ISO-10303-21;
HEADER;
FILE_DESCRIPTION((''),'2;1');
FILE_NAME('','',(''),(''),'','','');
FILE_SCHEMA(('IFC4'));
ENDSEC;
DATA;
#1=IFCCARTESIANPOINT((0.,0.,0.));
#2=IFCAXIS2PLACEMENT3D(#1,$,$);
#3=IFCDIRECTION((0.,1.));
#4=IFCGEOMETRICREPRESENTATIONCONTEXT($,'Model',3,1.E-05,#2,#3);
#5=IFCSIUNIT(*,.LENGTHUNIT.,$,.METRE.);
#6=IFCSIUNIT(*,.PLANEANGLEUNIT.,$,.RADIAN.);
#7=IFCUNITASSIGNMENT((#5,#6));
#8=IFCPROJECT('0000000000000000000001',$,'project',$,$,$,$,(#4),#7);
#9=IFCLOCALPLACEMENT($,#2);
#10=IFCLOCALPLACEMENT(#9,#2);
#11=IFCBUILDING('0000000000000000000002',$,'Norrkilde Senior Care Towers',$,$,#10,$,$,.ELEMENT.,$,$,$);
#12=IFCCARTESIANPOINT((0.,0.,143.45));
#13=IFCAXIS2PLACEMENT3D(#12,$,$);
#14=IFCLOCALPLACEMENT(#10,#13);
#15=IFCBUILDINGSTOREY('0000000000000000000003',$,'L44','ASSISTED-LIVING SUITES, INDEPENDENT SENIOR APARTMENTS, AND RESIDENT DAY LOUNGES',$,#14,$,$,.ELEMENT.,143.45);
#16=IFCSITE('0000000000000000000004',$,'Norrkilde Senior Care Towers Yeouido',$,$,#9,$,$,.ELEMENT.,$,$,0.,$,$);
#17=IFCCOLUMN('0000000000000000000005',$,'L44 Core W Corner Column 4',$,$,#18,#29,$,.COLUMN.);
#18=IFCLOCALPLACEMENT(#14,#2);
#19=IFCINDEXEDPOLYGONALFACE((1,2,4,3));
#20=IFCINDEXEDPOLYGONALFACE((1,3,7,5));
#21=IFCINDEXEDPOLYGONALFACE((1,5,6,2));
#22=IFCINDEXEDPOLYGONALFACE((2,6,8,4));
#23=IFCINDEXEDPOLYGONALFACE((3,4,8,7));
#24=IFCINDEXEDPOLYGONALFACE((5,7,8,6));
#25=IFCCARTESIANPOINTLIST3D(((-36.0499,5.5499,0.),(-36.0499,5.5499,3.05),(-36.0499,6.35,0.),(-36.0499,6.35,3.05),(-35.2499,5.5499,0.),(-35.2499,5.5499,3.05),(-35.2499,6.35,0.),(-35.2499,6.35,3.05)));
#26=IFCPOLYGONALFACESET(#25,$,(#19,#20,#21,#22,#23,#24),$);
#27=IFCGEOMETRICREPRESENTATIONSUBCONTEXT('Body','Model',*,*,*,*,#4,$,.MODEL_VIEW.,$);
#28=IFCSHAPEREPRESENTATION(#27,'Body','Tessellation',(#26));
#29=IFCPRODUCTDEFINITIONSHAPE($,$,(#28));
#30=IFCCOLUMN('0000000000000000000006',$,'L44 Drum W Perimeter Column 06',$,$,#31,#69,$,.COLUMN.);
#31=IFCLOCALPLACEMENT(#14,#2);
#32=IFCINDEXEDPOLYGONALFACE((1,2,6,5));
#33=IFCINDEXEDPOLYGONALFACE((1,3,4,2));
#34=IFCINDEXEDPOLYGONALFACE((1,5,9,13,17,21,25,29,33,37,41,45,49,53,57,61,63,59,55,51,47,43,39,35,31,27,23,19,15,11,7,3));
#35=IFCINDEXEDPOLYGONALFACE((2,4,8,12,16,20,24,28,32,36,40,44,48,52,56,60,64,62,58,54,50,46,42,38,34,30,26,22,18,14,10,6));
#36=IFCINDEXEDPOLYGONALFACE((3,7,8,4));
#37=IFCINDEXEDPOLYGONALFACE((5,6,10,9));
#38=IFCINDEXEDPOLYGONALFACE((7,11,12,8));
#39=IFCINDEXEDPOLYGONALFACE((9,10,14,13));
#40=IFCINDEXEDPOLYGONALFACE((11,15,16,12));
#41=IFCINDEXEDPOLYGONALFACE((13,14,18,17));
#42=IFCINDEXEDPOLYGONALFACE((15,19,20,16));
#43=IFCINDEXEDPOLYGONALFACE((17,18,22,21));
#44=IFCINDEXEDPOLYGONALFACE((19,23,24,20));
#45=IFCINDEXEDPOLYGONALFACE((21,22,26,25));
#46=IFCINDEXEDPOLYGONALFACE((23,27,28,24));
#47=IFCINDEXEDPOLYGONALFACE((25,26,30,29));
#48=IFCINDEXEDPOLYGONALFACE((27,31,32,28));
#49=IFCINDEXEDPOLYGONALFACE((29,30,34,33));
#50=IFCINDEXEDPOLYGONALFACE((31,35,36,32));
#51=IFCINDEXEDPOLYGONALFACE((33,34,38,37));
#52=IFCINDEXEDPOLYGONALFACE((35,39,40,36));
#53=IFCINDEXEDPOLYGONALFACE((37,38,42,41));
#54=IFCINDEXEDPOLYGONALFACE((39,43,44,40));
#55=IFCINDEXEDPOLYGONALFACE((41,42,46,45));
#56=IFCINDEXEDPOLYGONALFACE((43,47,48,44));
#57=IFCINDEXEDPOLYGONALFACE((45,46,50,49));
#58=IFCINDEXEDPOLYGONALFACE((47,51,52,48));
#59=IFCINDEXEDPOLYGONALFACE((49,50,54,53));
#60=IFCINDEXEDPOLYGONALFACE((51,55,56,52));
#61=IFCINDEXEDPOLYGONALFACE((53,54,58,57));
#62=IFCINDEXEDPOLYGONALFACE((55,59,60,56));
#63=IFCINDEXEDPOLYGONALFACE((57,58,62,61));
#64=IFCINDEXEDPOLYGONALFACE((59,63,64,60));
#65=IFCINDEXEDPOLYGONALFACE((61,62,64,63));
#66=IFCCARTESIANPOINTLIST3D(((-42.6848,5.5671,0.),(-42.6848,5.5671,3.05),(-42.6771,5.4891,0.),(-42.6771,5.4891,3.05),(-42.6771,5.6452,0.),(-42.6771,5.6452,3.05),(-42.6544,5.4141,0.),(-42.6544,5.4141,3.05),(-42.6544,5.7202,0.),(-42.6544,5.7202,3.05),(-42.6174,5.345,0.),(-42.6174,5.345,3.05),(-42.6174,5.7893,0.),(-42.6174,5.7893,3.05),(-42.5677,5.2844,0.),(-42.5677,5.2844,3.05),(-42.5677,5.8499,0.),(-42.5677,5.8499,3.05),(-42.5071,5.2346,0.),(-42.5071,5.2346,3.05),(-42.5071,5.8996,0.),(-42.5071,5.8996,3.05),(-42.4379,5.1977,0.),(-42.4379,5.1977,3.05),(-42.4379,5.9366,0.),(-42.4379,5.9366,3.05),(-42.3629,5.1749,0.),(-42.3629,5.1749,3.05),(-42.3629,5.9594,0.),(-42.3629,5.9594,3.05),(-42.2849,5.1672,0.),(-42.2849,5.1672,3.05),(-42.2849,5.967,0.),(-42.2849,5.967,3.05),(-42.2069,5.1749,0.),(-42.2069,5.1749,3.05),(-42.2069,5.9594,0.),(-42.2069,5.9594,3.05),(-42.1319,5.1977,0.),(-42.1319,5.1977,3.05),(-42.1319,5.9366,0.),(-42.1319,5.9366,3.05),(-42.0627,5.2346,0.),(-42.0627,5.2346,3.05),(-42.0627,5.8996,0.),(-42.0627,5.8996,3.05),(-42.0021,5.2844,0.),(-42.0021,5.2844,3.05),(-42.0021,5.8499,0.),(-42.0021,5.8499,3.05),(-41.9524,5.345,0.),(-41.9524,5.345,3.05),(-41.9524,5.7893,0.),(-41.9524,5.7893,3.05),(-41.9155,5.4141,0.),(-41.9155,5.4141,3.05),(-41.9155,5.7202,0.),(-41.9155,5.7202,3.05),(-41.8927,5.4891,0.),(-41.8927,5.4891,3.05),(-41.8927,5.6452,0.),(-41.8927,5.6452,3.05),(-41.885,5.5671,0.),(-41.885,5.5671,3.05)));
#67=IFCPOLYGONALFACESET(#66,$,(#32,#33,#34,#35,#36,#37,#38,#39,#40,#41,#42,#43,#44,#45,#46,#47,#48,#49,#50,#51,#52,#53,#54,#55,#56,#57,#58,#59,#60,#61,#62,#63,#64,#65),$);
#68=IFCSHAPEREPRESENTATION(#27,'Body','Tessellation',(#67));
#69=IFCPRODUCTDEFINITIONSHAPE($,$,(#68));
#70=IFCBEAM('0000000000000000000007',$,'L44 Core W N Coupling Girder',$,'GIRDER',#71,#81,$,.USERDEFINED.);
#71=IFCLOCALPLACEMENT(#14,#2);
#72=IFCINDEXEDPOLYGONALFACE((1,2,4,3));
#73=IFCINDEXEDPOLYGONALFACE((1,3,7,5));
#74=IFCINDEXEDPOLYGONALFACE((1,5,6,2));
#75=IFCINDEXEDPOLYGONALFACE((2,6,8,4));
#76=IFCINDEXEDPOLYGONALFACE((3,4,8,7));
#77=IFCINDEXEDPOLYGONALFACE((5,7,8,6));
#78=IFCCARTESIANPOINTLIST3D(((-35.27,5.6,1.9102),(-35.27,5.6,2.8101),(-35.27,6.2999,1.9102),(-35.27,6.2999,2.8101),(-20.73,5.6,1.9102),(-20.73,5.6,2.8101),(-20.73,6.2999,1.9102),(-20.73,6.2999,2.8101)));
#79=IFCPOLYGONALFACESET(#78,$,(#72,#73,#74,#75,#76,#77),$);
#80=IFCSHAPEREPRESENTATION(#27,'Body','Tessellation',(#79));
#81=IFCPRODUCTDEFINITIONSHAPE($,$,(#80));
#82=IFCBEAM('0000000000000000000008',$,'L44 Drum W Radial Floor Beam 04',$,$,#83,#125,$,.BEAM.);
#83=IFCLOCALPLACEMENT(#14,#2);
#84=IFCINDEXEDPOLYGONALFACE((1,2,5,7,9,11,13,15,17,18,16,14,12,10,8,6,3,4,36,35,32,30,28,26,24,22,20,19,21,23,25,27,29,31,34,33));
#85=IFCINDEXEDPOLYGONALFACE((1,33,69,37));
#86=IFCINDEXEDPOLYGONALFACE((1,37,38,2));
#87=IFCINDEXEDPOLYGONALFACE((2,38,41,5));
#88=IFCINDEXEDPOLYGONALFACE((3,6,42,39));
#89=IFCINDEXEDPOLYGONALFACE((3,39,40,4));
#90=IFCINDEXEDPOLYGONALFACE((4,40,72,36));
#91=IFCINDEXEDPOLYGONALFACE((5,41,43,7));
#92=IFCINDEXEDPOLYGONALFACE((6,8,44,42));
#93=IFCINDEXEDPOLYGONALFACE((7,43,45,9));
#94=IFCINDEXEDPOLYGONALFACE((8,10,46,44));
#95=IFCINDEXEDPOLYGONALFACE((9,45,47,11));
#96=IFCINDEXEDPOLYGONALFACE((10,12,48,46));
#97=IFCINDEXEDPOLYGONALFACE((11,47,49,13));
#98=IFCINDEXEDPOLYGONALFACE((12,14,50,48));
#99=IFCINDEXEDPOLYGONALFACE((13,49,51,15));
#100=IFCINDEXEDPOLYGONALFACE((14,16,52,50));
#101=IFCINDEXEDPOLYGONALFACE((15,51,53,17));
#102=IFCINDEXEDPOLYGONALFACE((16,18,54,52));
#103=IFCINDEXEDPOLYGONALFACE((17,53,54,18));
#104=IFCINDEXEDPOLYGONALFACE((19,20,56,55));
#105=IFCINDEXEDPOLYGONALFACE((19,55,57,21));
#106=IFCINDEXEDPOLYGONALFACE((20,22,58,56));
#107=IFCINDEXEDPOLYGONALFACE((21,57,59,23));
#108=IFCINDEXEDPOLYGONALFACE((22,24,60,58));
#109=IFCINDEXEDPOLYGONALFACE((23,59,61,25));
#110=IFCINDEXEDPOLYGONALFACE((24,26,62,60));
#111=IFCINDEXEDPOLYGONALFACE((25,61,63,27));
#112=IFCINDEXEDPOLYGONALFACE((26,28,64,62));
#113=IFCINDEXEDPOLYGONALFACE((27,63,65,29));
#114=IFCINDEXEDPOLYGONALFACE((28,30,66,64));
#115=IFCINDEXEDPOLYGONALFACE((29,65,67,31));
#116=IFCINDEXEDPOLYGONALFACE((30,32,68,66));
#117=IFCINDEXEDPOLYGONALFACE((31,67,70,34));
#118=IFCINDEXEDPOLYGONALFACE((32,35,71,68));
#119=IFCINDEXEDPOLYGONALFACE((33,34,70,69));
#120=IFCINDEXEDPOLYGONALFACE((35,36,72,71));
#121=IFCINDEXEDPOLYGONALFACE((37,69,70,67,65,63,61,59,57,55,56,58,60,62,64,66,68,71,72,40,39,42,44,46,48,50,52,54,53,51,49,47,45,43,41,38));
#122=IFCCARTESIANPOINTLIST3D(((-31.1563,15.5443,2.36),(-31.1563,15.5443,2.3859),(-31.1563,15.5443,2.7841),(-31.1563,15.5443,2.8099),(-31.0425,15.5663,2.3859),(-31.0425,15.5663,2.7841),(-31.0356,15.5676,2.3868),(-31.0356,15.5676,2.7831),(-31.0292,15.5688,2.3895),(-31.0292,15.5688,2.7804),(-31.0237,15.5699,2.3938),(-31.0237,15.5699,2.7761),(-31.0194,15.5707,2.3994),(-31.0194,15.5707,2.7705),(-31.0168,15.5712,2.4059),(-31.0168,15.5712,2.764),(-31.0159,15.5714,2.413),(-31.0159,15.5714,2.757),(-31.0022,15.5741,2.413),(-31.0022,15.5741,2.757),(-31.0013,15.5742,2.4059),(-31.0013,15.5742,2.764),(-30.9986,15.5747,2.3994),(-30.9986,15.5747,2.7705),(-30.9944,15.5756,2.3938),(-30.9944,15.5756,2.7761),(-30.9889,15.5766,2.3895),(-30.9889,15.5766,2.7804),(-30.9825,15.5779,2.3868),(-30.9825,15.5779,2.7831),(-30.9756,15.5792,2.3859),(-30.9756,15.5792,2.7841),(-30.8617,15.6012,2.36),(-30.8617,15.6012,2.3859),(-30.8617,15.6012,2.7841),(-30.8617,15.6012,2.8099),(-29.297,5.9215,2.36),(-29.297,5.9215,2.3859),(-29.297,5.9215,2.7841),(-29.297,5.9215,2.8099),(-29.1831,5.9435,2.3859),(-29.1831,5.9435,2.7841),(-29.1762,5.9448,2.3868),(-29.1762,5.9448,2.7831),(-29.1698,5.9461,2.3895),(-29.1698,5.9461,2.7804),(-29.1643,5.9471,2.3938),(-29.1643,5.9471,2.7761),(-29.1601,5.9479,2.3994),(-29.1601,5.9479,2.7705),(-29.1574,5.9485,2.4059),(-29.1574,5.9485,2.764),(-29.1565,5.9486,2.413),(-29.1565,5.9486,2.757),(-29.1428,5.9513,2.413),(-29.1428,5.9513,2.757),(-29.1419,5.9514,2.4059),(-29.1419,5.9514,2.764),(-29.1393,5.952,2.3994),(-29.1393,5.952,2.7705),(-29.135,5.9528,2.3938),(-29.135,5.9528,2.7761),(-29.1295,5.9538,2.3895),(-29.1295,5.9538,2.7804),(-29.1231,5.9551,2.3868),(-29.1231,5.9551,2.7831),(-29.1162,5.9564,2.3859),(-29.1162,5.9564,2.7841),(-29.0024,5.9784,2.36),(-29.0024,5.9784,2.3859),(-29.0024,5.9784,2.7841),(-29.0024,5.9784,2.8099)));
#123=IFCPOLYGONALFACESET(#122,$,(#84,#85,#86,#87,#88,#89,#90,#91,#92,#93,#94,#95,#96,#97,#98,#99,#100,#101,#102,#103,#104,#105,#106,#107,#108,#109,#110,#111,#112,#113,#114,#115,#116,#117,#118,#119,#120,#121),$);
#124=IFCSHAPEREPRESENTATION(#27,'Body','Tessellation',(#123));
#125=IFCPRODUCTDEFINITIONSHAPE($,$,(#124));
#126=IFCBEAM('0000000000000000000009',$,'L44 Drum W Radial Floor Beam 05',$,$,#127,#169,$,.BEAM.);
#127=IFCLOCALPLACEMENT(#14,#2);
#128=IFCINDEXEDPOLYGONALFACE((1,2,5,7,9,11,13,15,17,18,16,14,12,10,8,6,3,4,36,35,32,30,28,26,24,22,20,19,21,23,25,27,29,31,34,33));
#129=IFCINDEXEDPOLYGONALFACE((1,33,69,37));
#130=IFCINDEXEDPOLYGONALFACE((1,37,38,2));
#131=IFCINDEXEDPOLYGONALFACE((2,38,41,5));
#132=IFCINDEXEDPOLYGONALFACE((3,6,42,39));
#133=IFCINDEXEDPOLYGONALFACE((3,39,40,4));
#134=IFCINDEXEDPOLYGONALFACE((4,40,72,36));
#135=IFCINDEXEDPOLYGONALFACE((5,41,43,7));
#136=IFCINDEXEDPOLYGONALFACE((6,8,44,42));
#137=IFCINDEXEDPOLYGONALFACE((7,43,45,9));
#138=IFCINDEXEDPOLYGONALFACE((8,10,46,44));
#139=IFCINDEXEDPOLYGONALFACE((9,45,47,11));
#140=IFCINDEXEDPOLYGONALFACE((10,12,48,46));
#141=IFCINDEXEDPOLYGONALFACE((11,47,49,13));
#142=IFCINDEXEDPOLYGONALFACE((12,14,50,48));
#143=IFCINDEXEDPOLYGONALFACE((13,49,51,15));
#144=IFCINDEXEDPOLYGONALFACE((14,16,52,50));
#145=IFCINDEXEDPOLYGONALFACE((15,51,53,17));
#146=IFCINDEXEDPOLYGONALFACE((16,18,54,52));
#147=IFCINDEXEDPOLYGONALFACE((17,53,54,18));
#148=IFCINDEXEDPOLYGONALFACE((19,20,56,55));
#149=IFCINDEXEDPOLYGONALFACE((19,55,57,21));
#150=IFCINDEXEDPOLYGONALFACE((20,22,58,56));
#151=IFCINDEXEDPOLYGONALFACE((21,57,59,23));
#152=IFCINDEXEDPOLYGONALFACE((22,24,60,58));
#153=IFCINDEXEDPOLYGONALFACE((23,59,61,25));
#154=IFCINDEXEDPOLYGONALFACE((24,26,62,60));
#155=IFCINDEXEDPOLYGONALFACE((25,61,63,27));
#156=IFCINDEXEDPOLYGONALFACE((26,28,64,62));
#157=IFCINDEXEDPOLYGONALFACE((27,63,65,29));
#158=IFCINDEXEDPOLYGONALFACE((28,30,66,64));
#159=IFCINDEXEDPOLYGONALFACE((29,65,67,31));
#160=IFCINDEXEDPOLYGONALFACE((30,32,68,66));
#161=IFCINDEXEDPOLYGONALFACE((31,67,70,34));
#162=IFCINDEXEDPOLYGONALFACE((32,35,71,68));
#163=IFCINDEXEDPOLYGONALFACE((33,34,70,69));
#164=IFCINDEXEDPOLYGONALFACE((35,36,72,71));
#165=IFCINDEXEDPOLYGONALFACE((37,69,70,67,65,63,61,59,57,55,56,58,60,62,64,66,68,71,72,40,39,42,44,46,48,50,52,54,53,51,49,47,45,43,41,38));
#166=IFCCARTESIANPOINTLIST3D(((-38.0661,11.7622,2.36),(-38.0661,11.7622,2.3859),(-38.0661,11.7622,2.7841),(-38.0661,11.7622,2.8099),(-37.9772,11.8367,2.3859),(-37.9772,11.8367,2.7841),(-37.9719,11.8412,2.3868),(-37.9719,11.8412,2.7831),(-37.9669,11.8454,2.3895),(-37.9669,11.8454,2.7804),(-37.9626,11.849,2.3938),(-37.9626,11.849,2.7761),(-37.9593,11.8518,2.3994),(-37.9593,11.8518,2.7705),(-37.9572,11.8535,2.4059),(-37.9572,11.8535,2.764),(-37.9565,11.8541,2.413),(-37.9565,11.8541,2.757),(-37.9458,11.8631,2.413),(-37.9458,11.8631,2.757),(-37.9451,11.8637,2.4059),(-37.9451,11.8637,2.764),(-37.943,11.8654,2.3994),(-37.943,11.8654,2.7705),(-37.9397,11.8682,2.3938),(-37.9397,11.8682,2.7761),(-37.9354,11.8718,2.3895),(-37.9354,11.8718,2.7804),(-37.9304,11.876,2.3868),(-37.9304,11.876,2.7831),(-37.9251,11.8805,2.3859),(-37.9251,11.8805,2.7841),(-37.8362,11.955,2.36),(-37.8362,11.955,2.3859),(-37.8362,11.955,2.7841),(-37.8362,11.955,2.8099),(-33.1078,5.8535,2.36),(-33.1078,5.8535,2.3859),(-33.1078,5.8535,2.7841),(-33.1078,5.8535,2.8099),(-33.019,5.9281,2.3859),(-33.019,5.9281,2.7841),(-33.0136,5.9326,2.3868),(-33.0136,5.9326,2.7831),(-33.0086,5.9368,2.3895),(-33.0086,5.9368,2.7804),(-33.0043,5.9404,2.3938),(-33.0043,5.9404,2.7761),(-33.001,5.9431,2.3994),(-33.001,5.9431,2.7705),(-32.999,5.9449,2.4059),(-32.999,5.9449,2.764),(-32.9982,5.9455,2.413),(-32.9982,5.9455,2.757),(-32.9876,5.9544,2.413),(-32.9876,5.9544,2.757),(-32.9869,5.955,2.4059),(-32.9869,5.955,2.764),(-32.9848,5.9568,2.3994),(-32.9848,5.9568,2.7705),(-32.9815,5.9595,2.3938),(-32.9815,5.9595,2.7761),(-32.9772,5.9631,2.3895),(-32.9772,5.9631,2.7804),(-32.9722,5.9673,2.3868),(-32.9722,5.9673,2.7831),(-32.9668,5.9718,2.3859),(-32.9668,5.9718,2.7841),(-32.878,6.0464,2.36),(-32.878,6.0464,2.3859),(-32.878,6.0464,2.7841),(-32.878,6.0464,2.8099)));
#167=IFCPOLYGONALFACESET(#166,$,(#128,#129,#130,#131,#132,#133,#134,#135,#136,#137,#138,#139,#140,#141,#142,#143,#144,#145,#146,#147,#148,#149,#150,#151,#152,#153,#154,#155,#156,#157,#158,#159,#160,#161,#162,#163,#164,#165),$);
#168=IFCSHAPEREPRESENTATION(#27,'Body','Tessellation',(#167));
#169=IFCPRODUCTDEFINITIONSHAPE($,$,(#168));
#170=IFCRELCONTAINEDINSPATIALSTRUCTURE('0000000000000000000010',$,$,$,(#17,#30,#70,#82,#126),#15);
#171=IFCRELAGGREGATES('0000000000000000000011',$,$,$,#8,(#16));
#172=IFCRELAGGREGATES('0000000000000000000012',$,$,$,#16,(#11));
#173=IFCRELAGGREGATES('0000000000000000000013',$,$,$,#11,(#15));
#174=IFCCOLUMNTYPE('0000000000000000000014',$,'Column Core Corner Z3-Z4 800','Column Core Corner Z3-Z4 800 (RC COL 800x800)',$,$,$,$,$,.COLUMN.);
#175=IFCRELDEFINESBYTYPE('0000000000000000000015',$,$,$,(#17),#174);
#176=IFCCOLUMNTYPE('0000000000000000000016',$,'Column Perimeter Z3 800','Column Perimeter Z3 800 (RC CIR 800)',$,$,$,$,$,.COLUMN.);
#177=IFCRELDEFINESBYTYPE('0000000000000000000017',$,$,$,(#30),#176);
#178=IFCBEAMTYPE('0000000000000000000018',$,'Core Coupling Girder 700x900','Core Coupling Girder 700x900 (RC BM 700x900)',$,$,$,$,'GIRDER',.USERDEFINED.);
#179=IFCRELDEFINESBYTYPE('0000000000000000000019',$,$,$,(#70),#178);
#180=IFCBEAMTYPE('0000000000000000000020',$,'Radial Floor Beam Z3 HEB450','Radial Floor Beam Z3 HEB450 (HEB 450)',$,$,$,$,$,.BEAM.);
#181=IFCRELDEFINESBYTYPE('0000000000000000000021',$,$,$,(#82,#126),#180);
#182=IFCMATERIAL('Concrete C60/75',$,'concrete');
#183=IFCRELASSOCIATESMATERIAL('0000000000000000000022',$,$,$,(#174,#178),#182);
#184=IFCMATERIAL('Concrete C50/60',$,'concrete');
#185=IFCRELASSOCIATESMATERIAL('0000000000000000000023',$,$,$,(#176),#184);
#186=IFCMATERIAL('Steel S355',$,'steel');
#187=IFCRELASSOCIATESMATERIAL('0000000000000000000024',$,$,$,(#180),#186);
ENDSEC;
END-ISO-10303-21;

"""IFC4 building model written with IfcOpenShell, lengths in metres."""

from ifc_helpers import new_model, si_unit, direction, frame, origin, origin_2d, place, context, subcontext, project, spatial, rectangle, circle, i_section, extrude, source, transform, mapped, material, material_profile, profile_set, type_object, type_shapes, element, save


model = new_model("IFC4")

# Units and contexts
model_context = context("Model", 3, precision=1e-05, world=origin(), true_north=direction((0.0, 1.0)))
body_context = subcontext(model_context, "Body", "Model", "MODEL_VIEW")
ifc_project = project(units=[si_unit("LENGTHUNIT", "METRE"), si_unit("PLANEANGLEUNIT", "RADIAN")], contexts=[model_context])

# Site, building, storey
site_placement = place(None, origin())
site = spatial("IfcSite", under=ifc_project, at=site_placement, Name="Norrkilde Senior Care Towers Yeouido", CompositionType="ELEMENT", RefElevation=0.0)
building_placement = place(site_placement, origin())
building = spatial("IfcBuilding", under=site, at=building_placement, Name="Norrkilde Senior Care Towers", CompositionType="ELEMENT")
storey_placement = place(building_placement, frame((0.0, 0.0, 143.45)))
storey = spatial("IfcBuildingStorey", under=building, at=storey_placement, Name="L44", Description="ASSISTED-LIVING SUITES, INDEPENDENT SENIOR APARTMENTS, AND RESIDENT DAY LOUNGES", CompositionType="ELEMENT", Elevation=143.45)

# Columns
ifc_material_1 = material(Name="Concrete C60/75", Category="concrete")
ifc_material_profile_1 = material_profile(ifc_material_1, rectangle(XDim=0.8, YDim=0.8, at=origin_2d()), Name="RC COL 800x800")
ifc_profile_set_1 = profile_set([ifc_material_profile_1], Name="Concrete C60/75")
column_type_1 = type_object("IfcColumnType", Name="Column Core Corner Z3-Z4 800", Description="Column Core Corner Z3-Z4 800 (RC COL 800x800)", PredefinedType="COLUMN", material=ifc_profile_set_1)
shared_shape_1 = source(origin(), body_context, "Body", "SweptSolid", [
    extrude(rectangle(XDim=0.8, YDim=0.8, at=origin_2d()), origin(), (0.0, 0.0, 1.0), 3.05),
])
type_shapes(column_type_1, [shared_shape_1])
column_1_placement = place(storey_placement, frame((-35.6499, 5.95, 0.0), z_axis=(0.0, 0.0, 1.0), x_axis=(1.0, 0.0, 0.0)))
element("IfcColumn", 1, at=column_1_placement, inside=storey, type_object=column_type_1, Name="L44 Core W Corner Column 4", PredefinedType="COLUMN", context=body_context, shape_type="MappedRepresentation", body=[
    mapped(shared_shape_1, transform((0.0, 0.0, 0.0), x_axis=(1.0, 0.0, 0.0), y_axis=(0.0, 1.0, 0.0), z_axis=(0.0, 0.0, 1.0), scale=1.0)),
])
ifc_material_2 = material(Name="Concrete C50/60", Category="concrete")
ifc_material_profile_2 = material_profile(ifc_material_2, circle(Radius=0.3999, at=origin_2d()), Name="RC CIR 800")
ifc_profile_set_2 = profile_set([ifc_material_profile_2], Name="Concrete C50/60")
column_type_2 = type_object("IfcColumnType", Name="Column Perimeter Z3 800", Description="Column Perimeter Z3 800 (RC CIR 800)", PredefinedType="COLUMN", material=ifc_profile_set_2)
shared_shape_2 = source(origin(), body_context, "Body", "SweptSolid", [
    extrude(circle(Radius=0.3999, at=origin_2d()), origin(), (0.0, 0.0, 1.0), 3.05),
])
type_shapes(column_type_2, [shared_shape_2])
column_2_placement = place(storey_placement, frame((-42.2849, 5.5671, 0.0), z_axis=(0.0, 0.0, 1.0), x_axis=(1.0, 0.0, 0.0)))
element("IfcColumn", 2, at=column_2_placement, inside=storey, type_object=column_type_2, Name="L44 Drum W Perimeter Column 06", PredefinedType="COLUMN", context=body_context, shape_type="MappedRepresentation", body=[
    mapped(shared_shape_2, transform((0.0, 0.0, 0.0), x_axis=(1.0, 0.0, 0.0), y_axis=(0.0, 1.0, 0.0), z_axis=(0.0, 0.0, 1.0), scale=1.0)),
])

# Beams
ifc_material_profile_3 = material_profile(ifc_material_1, rectangle(XDim=0.7, YDim=0.8999, at=origin_2d()), Name="RC BM 700x900")
ifc_profile_set_3 = profile_set([ifc_material_profile_3], Name="Concrete C60/75")
beam_type_1 = type_object("IfcBeamType", Name="Core Coupling Girder 700x900", Description="Core Coupling Girder 700x900 (RC BM 700x900)", ElementType="GIRDER", PredefinedType="USERDEFINED", material=ifc_profile_set_3)
shared_shape_3 = source(origin(), body_context, "Body", "SweptSolid", [
    extrude(rectangle(XDim=0.7, YDim=0.8999, at=origin_2d()), origin(), (0.0, 0.0, 1.0), 14.54),
])
type_shapes(beam_type_1, [shared_shape_3])
beam_1_placement = place(storey_placement, frame((-35.27, 5.95, 2.3601), z_axis=(1.0, 0.0, 0.0), x_axis=(0.0, 1.0, 0.0)))
element("IfcBeam", 3, at=beam_1_placement, inside=storey, type_object=beam_type_1, Name="L44 Core W N Coupling Girder", ObjectType="GIRDER", PredefinedType="USERDEFINED", context=body_context, shape_type="MappedRepresentation", body=[
    mapped(shared_shape_3, transform((0.0, 0.0, 0.0), x_axis=(1.0, 0.0, 0.0), y_axis=(0.0, 1.0, 0.0), z_axis=(0.0, 0.0, 1.0), scale=1.0)),
])
ifc_material_3 = material(Name="Steel S355", Category="steel")
ifc_material_profile_4 = material_profile(ifc_material_3, i_section(OverallWidth=0.3, OverallDepth=0.45, WebThickness=0.0139, FlangeThickness=0.0259, FilletRadius=0.0271, at=origin_2d()), Name="HEB 450")
ifc_profile_set_4 = profile_set([ifc_material_profile_4], Name="Steel S355")
beam_type_2 = type_object("IfcBeamType", Name="Radial Floor Beam Z3 HEB450", Description="Radial Floor Beam Z3 HEB450 (HEB 450)", PredefinedType="BEAM", material=ifc_profile_set_4)
shared_shape_4 = source(origin(), body_context, "Body", "SweptSolid", [
    extrude(i_section(OverallWidth=0.3, OverallDepth=0.45, WebThickness=0.0139, FlangeThickness=0.0259, FilletRadius=0.0271, at=origin_2d()), origin(), (0.0, 0.0, 1.0), 9.8008),
])
beam_2_placement = place(storey_placement, frame((-29.1497, 5.95, 2.585), z_axis=(-0.189717, 0.981839, 0.0), x_axis=(-0.981839, -0.189717, 0.0)))
element("IfcBeam", 4, at=beam_2_placement, inside=storey, type_object=beam_type_2, Name="L44 Drum W Radial Floor Beam 04", PredefinedType="BEAM", context=body_context, shape_type="MappedRepresentation", body=[
    mapped(shared_shape_4, transform((0.0, 0.0, 0.0), x_axis=(1.0, 0.0, 0.0), y_axis=(0.0, 1.0, 0.0), z_axis=(0.0, 0.0, 1.0), scale=1.0)),
])
shared_shape_5 = source(origin(), body_context, "Body", "SweptSolid", [
    extrude(i_section(OverallWidth=0.3, OverallDepth=0.45, WebThickness=0.0139, FlangeThickness=0.0259, FilletRadius=0.0271, at=origin_2d()), origin(), (0.0, 0.0, 1.0), 7.7134),
])
beam_3_placement = place(storey_placement, frame((-32.9929, 5.95, 2.585), z_axis=(-0.642808, 0.766027, 0.0), x_axis=(-0.766027, -0.642808, 0.0)))
element("IfcBeam", 5, at=beam_3_placement, inside=storey, type_object=beam_type_2, Name="L44 Drum W Radial Floor Beam 05", PredefinedType="BEAM", context=body_context, shape_type="MappedRepresentation", body=[
    mapped(shared_shape_5, transform((0.0, 0.0, 0.0), x_axis=(1.0, 0.0, 0.0), y_axis=(0.0, 1.0, 0.0), z_axis=(0.0, 0.0, 1.0), scale=1.0)),
])

save(model, "model.ifc")
